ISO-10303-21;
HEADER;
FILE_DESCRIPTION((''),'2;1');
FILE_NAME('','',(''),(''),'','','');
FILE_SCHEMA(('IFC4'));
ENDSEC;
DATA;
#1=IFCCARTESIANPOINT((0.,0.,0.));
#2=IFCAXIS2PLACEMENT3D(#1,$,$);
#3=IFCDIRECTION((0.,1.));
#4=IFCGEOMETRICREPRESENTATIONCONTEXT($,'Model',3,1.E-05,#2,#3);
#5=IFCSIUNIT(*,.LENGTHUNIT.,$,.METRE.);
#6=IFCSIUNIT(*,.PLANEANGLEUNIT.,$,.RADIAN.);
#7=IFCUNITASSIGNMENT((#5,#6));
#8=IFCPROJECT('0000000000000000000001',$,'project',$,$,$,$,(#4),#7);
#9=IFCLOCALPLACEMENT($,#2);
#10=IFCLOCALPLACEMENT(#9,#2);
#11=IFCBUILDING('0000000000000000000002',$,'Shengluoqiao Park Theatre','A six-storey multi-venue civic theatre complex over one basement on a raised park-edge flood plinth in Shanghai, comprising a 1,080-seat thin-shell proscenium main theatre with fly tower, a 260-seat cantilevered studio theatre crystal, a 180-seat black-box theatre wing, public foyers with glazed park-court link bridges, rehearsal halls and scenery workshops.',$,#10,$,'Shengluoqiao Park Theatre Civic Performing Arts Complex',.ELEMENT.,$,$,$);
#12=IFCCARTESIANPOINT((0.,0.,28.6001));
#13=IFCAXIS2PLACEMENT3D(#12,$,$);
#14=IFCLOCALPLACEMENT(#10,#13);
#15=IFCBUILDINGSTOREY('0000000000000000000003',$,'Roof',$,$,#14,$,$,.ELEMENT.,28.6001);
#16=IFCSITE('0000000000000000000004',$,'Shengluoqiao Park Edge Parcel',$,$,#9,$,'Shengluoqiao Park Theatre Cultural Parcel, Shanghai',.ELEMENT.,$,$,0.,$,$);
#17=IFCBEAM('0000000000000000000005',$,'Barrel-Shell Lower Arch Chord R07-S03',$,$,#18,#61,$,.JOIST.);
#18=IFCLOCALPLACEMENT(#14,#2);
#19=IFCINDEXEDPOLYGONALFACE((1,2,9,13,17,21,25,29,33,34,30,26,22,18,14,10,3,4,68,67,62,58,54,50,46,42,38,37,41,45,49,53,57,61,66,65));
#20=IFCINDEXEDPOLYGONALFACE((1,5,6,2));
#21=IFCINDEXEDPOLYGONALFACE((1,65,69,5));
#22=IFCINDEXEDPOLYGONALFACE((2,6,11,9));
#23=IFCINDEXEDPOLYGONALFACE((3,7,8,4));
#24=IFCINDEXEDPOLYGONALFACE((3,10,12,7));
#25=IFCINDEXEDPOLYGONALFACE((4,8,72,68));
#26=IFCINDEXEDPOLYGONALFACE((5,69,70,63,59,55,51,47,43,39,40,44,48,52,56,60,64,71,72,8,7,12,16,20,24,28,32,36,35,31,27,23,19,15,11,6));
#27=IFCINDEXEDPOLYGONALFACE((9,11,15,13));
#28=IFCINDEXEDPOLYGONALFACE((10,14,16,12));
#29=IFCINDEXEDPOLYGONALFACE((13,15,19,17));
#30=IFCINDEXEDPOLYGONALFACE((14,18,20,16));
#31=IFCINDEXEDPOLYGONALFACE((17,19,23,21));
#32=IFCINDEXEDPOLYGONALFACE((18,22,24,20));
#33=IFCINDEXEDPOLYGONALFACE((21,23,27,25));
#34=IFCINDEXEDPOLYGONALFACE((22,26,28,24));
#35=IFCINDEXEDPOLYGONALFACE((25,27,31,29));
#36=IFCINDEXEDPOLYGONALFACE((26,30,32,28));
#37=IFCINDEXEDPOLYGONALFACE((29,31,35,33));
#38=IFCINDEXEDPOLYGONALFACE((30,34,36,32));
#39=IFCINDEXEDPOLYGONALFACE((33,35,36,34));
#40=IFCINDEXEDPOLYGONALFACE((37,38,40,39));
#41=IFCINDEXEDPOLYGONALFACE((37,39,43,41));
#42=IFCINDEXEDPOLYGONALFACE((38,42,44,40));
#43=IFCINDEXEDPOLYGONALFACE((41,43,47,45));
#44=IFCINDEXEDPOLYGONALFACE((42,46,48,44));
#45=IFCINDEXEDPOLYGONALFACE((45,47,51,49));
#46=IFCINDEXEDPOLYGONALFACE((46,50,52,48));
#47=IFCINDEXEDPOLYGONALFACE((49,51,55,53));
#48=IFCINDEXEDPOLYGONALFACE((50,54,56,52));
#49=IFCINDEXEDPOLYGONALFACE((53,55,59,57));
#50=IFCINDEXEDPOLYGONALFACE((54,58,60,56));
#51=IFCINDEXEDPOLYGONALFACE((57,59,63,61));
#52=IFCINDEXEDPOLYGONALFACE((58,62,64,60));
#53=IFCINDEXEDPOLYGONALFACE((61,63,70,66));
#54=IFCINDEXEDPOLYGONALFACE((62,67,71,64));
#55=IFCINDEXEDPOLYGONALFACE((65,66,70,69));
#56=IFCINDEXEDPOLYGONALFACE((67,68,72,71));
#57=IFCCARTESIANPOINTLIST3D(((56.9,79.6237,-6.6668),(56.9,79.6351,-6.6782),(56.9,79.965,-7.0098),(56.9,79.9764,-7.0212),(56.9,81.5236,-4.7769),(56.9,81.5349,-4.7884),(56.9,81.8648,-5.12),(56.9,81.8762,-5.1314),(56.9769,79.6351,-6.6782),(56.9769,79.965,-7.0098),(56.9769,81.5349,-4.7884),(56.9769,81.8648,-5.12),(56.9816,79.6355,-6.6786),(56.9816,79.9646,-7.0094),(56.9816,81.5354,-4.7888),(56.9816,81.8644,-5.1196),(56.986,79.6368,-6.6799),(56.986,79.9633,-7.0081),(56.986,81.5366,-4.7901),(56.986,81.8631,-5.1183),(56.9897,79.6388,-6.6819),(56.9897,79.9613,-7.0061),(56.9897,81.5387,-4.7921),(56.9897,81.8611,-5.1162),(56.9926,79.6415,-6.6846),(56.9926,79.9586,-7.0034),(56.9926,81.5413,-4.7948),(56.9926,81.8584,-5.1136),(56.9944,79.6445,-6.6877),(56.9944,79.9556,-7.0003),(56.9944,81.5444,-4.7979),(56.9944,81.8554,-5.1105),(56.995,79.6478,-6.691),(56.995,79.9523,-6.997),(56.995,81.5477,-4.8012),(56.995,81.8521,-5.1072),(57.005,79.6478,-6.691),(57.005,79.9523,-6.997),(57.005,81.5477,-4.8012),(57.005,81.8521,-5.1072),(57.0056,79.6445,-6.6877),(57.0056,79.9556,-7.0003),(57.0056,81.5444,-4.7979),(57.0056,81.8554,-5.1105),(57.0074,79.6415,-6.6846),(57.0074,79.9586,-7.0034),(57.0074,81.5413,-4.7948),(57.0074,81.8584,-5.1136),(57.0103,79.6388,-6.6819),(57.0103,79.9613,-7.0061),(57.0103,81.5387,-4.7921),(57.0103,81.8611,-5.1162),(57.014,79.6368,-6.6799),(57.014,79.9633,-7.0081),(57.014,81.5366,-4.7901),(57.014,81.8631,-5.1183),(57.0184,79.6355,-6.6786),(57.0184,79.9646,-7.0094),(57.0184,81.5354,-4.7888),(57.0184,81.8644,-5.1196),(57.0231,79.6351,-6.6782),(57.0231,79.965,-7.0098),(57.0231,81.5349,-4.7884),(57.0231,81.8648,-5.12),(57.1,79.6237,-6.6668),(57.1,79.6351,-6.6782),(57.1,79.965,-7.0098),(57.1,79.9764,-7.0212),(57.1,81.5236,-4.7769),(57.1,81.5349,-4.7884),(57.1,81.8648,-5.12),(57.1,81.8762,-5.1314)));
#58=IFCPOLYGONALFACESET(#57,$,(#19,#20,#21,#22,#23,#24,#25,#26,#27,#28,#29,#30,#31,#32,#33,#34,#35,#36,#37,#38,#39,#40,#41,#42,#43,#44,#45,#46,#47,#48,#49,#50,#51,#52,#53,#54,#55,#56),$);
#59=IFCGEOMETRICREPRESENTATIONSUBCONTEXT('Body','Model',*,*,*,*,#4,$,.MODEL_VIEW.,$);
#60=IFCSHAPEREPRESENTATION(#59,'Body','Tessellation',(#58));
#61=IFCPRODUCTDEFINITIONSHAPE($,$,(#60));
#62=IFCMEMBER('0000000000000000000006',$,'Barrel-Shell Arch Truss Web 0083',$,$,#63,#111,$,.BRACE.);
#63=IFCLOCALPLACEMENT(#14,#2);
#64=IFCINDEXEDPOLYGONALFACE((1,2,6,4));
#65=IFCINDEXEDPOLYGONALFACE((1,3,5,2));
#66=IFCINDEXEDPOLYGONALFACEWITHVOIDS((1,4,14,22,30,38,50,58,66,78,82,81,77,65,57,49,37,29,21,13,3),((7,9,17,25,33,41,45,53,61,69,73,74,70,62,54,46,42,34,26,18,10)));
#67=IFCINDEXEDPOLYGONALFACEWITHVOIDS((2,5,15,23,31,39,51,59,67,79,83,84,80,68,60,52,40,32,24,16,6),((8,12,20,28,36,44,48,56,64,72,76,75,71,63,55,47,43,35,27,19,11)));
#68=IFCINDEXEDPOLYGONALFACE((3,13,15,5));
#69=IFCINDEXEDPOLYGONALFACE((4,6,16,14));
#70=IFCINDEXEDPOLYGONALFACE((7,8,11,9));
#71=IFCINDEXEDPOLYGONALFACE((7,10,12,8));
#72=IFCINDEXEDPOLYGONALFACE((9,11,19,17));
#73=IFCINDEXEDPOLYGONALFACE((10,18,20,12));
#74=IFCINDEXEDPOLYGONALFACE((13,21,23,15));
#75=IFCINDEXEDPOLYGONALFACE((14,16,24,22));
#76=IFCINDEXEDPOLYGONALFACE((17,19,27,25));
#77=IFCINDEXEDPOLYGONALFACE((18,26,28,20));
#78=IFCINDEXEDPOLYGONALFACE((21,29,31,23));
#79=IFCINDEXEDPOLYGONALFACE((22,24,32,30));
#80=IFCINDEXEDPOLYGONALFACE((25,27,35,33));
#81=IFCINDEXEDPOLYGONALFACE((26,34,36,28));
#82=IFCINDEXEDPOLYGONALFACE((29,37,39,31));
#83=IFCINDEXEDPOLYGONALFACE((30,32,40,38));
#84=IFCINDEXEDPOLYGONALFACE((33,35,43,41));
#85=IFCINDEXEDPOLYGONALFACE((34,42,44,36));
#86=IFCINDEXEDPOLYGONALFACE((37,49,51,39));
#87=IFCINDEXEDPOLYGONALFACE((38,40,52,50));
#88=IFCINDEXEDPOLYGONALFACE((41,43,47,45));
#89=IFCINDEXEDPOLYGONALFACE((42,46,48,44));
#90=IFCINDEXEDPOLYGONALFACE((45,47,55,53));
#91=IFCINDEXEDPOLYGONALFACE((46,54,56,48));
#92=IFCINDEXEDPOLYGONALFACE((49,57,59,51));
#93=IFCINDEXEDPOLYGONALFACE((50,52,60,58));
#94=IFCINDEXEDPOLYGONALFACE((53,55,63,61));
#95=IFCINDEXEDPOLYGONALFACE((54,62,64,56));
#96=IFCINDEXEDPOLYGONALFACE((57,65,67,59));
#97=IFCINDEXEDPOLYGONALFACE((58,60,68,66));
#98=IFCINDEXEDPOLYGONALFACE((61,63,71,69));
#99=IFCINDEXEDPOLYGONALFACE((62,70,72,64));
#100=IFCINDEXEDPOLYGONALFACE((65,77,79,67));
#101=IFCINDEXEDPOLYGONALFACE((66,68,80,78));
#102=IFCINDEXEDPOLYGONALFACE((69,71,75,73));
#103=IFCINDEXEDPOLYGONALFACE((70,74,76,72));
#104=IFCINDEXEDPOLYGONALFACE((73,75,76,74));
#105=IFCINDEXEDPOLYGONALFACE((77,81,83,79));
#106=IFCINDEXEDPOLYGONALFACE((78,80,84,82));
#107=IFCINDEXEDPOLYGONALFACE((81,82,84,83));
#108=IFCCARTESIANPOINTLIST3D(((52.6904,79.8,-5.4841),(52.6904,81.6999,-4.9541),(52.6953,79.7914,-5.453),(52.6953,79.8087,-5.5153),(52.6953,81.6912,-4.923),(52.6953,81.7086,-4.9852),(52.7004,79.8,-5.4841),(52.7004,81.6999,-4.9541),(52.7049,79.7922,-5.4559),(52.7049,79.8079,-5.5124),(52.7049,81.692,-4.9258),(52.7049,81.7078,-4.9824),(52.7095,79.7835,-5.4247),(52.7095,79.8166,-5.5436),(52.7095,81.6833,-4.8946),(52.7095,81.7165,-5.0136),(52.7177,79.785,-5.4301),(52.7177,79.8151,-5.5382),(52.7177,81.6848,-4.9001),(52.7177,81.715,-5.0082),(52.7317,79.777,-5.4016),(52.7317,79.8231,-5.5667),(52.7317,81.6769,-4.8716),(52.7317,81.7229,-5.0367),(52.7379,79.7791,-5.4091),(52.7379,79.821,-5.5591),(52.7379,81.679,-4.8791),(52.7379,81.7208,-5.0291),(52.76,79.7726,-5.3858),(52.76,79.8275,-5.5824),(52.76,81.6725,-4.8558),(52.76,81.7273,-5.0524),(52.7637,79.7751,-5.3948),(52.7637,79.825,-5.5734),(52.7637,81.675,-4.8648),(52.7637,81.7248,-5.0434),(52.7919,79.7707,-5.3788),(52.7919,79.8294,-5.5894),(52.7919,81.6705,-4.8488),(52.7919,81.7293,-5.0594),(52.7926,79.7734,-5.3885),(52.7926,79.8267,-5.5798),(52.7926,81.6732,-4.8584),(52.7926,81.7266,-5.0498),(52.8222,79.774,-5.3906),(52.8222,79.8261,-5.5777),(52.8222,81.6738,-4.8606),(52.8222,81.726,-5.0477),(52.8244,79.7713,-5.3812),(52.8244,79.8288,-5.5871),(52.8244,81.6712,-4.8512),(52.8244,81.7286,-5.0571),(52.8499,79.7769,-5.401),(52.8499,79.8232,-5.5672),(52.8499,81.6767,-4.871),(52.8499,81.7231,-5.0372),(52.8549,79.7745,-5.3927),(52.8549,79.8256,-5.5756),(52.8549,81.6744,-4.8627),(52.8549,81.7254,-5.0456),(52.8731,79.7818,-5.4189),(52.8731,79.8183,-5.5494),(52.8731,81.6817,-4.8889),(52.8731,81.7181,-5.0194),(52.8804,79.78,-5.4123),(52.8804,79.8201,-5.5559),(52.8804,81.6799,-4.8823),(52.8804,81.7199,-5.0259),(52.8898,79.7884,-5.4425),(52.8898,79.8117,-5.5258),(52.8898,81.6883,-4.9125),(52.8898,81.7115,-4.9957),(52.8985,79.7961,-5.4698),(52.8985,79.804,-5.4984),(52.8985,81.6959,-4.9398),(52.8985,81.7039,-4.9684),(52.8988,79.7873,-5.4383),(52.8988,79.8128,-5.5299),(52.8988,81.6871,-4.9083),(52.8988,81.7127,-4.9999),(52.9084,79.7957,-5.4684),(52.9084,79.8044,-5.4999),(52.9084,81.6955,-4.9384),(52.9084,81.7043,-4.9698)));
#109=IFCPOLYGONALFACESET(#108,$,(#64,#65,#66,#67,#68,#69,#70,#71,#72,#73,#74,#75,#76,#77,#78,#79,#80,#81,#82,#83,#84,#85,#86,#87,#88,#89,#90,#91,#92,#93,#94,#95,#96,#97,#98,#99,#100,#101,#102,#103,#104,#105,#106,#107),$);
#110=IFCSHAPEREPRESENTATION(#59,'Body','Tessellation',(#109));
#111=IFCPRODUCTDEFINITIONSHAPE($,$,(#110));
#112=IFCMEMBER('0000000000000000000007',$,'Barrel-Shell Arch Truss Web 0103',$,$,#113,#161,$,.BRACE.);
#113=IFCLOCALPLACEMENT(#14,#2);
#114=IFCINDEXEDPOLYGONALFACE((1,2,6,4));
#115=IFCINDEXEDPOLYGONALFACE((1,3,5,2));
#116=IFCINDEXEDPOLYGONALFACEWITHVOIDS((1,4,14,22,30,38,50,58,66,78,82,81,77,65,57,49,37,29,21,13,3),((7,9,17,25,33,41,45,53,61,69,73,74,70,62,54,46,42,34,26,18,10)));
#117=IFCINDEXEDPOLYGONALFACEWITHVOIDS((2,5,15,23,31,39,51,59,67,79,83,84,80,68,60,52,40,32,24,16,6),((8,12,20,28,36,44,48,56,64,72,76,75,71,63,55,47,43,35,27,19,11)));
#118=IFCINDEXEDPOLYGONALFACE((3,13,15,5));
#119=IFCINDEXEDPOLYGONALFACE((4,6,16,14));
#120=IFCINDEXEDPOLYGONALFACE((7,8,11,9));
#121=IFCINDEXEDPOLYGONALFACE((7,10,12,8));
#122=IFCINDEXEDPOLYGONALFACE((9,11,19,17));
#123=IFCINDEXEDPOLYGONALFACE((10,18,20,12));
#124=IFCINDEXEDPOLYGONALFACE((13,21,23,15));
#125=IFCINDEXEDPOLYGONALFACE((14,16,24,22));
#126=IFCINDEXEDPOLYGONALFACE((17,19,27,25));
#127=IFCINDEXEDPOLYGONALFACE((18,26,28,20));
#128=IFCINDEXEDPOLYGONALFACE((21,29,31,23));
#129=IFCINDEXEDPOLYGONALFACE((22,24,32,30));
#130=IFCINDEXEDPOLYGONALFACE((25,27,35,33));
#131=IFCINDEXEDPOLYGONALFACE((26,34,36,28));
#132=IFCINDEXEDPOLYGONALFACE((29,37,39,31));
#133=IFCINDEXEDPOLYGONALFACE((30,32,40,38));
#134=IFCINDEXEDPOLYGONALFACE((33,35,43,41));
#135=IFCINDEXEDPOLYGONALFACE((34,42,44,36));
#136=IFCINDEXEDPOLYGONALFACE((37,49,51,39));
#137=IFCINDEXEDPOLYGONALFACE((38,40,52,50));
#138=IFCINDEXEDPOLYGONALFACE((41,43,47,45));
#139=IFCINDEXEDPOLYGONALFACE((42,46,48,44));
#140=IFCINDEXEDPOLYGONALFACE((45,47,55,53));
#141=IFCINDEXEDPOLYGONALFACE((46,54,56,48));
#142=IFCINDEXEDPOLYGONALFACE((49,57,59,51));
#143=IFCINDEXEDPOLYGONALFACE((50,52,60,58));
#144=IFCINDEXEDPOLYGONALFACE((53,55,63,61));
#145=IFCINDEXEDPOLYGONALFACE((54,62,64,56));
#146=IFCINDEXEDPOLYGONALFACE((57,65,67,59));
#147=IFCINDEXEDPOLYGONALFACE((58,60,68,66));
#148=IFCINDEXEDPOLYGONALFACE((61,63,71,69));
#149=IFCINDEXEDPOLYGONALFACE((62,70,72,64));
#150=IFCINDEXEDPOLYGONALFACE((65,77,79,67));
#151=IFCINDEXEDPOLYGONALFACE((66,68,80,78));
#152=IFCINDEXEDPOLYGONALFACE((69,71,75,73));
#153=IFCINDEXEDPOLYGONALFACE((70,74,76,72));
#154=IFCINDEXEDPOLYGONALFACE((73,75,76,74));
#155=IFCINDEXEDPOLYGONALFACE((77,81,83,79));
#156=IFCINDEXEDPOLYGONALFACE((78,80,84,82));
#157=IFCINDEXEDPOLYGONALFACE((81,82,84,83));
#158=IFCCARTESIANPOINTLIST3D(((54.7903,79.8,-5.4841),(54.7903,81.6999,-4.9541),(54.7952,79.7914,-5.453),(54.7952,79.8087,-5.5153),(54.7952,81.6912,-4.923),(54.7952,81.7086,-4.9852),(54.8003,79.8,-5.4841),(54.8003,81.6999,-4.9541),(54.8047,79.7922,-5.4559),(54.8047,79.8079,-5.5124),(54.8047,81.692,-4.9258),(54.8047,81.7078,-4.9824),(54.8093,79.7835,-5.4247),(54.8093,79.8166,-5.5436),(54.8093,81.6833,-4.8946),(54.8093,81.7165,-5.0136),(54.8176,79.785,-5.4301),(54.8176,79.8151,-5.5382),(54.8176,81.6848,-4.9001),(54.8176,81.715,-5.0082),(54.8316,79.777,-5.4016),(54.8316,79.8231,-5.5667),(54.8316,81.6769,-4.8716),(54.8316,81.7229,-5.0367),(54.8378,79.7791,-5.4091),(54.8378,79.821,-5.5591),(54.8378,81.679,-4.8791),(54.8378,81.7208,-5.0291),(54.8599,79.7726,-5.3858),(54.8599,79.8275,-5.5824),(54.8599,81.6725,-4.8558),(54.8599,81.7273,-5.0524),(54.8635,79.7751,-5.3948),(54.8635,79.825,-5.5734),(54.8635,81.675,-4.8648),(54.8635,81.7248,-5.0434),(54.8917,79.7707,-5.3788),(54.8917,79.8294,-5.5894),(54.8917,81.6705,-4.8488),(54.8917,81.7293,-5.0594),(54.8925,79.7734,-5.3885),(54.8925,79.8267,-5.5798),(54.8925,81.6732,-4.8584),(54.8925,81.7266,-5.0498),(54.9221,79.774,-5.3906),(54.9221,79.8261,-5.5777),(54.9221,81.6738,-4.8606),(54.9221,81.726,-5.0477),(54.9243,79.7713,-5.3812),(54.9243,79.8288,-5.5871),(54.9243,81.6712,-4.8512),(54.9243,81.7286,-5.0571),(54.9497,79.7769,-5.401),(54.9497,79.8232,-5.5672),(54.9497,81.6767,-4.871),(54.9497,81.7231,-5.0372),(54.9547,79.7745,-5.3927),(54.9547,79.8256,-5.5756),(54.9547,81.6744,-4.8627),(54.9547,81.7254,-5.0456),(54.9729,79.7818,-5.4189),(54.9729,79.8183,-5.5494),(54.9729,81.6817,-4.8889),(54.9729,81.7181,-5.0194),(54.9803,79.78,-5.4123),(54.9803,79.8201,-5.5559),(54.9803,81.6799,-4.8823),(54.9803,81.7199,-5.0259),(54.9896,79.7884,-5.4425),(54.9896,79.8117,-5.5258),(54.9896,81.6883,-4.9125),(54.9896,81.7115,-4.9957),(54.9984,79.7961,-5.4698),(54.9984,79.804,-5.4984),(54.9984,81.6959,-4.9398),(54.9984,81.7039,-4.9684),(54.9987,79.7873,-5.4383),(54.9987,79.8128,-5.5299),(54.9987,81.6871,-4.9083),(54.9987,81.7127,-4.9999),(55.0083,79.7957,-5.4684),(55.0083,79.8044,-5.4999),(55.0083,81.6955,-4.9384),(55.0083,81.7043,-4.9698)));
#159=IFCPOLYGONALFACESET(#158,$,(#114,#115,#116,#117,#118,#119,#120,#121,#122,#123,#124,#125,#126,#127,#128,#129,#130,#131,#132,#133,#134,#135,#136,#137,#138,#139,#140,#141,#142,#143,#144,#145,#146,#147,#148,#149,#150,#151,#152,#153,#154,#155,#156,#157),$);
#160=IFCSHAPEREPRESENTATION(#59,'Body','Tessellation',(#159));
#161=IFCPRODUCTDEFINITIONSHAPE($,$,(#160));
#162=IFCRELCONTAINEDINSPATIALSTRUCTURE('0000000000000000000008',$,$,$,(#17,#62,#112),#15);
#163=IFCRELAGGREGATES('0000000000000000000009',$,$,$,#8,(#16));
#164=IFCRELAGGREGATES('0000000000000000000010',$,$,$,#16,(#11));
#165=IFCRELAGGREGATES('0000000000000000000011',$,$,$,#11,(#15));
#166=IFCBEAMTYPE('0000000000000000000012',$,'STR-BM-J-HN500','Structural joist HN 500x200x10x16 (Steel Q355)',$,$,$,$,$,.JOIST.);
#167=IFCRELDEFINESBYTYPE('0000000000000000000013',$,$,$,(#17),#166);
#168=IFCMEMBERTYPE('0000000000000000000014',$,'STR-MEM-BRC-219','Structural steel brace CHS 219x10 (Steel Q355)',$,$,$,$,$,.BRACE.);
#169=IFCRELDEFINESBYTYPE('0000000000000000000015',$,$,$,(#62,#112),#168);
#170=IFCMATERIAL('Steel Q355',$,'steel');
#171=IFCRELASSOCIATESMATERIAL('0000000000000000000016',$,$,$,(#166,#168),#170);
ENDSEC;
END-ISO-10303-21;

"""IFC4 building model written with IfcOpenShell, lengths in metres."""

from ifc_helpers import new_model, si_unit, direction, frame, origin, origin_2d, place, context, subcontext, project, spatial, hollow_circle, i_section, extrude, material, material_profile, profile_set, type_object, element, save


model = new_model("IFC4")

# Units and contexts
model_context = context("Model", 3, precision=1e-05, world=origin(), true_north=direction((0.0, 1.0)))
body_context = subcontext(model_context, "Body", "Model", "MODEL_VIEW")
ifc_project = project(units=[si_unit("LENGTHUNIT", "METRE"), si_unit("PLANEANGLEUNIT", "RADIAN")], contexts=[model_context])

# Site, building, storey
site_placement = place(None, origin())
site = spatial("IfcSite", under=ifc_project, at=site_placement, Name="Shengluoqiao Park Edge Parcel", LongName="Shengluoqiao Park Theatre Cultural Parcel, Shanghai", CompositionType="ELEMENT", RefElevation=0.0)
building_placement = place(site_placement, origin())
building = spatial("IfcBuilding", under=site, at=building_placement, Name="Shengluoqiao Park Theatre", Description="A six-storey multi-venue civic theatre complex over one basement on a raised park-edge flood plinth in Shanghai, comprising a 1,080-seat thin-shell proscenium main theatre with fly tower, a 260-seat cantilevered studio theatre crystal, a 180-seat black-box theatre wing, public foyers with glazed park-court link bridges, rehearsal halls and scenery workshops.", LongName="Shengluoqiao Park Theatre Civic Performing Arts Complex", CompositionType="ELEMENT")
storey_placement = place(building_placement, frame((0.0, 0.0, 28.6001)))
storey = spatial("IfcBuildingStorey", under=building, at=storey_placement, Name="Roof", CompositionType="ELEMENT", Elevation=28.6001)

# Beam
ifc_material_1 = material(Name="Steel Q355", Category="steel")
ifc_material_profile_1 = material_profile(ifc_material_1, i_section(OverallWidth=0.2, OverallDepth=0.5, WebThickness=0.01, FlangeThickness=0.0161, FilletRadius=0.0181, at=origin_2d()), Name="HN 500x200x10x16")
ifc_profile_set_1 = profile_set([ifc_material_profile_1], Name="Steel Q355")
beam_type_1 = type_object("IfcBeamType", Name="STR-BM-J-HN500", Description="Structural joist HN 500x200x10x16 (Steel Q355)", PredefinedType="JOIST", material=ifc_profile_set_1)
beam_1_placement = place(storey_placement, frame((57.0, 79.8, -6.844), z_axis=(0.0, 0.708972, 0.705237), x_axis=(-1.0, 0.0, 0.0)))
element("IfcBeam", 1, at=beam_1_placement, inside=storey, type_object=beam_type_1, Name="Barrel-Shell Lower Arch Chord R07-S03", PredefinedType="JOIST", context=body_context, shape_type="SweptSolid", body=[
    extrude(i_section(OverallWidth=0.2, OverallDepth=0.5, WebThickness=0.01, FlangeThickness=0.0161, FilletRadius=0.0181, at=origin_2d()), origin(), (0.0, 0.0, 1.0), 2.6797),
])

# Members
ifc_material_profile_2 = material_profile(ifc_material_1, hollow_circle(Radius=0.1096, WallThickness=0.01, at=origin_2d()), Name="CHS 219x10")
ifc_profile_set_2 = profile_set([ifc_material_profile_2], Name="Steel Q355")
member_type_1 = type_object("IfcMemberType", Name="STR-MEM-BRC-219", Description="Structural steel brace CHS 219x10 (Steel Q355)", PredefinedType="BRACE", material=ifc_profile_set_2)
for number, where, z_axis, x_axis, name in (
    (2, (52.8, 79.8, -5.4841), (0.0, 0.963219, 0.268716), (-1.0, 0.0, 0.0), "Barrel-Shell Arch Truss Web 0083"),
    (3, (54.8999, 79.8, -5.4841), (0.0, 0.963219, 0.268716), (-1.0, 0.0, 0.0), "Barrel-Shell Arch Truss Web 0103"),
):
    element("IfcMember", number, at=place(storey_placement, frame(where, z_axis=z_axis, x_axis=x_axis)), inside=storey, type_object=member_type_1, Name=name, PredefinedType="BRACE", context=body_context, shape_type="SweptSolid", body=[
        extrude(hollow_circle(Radius=0.1096, WallThickness=0.01, at=origin_2d()), origin(), (0.0, 0.0, 1.0), 1.9724),
    ])

save(model, "model.ifc")
